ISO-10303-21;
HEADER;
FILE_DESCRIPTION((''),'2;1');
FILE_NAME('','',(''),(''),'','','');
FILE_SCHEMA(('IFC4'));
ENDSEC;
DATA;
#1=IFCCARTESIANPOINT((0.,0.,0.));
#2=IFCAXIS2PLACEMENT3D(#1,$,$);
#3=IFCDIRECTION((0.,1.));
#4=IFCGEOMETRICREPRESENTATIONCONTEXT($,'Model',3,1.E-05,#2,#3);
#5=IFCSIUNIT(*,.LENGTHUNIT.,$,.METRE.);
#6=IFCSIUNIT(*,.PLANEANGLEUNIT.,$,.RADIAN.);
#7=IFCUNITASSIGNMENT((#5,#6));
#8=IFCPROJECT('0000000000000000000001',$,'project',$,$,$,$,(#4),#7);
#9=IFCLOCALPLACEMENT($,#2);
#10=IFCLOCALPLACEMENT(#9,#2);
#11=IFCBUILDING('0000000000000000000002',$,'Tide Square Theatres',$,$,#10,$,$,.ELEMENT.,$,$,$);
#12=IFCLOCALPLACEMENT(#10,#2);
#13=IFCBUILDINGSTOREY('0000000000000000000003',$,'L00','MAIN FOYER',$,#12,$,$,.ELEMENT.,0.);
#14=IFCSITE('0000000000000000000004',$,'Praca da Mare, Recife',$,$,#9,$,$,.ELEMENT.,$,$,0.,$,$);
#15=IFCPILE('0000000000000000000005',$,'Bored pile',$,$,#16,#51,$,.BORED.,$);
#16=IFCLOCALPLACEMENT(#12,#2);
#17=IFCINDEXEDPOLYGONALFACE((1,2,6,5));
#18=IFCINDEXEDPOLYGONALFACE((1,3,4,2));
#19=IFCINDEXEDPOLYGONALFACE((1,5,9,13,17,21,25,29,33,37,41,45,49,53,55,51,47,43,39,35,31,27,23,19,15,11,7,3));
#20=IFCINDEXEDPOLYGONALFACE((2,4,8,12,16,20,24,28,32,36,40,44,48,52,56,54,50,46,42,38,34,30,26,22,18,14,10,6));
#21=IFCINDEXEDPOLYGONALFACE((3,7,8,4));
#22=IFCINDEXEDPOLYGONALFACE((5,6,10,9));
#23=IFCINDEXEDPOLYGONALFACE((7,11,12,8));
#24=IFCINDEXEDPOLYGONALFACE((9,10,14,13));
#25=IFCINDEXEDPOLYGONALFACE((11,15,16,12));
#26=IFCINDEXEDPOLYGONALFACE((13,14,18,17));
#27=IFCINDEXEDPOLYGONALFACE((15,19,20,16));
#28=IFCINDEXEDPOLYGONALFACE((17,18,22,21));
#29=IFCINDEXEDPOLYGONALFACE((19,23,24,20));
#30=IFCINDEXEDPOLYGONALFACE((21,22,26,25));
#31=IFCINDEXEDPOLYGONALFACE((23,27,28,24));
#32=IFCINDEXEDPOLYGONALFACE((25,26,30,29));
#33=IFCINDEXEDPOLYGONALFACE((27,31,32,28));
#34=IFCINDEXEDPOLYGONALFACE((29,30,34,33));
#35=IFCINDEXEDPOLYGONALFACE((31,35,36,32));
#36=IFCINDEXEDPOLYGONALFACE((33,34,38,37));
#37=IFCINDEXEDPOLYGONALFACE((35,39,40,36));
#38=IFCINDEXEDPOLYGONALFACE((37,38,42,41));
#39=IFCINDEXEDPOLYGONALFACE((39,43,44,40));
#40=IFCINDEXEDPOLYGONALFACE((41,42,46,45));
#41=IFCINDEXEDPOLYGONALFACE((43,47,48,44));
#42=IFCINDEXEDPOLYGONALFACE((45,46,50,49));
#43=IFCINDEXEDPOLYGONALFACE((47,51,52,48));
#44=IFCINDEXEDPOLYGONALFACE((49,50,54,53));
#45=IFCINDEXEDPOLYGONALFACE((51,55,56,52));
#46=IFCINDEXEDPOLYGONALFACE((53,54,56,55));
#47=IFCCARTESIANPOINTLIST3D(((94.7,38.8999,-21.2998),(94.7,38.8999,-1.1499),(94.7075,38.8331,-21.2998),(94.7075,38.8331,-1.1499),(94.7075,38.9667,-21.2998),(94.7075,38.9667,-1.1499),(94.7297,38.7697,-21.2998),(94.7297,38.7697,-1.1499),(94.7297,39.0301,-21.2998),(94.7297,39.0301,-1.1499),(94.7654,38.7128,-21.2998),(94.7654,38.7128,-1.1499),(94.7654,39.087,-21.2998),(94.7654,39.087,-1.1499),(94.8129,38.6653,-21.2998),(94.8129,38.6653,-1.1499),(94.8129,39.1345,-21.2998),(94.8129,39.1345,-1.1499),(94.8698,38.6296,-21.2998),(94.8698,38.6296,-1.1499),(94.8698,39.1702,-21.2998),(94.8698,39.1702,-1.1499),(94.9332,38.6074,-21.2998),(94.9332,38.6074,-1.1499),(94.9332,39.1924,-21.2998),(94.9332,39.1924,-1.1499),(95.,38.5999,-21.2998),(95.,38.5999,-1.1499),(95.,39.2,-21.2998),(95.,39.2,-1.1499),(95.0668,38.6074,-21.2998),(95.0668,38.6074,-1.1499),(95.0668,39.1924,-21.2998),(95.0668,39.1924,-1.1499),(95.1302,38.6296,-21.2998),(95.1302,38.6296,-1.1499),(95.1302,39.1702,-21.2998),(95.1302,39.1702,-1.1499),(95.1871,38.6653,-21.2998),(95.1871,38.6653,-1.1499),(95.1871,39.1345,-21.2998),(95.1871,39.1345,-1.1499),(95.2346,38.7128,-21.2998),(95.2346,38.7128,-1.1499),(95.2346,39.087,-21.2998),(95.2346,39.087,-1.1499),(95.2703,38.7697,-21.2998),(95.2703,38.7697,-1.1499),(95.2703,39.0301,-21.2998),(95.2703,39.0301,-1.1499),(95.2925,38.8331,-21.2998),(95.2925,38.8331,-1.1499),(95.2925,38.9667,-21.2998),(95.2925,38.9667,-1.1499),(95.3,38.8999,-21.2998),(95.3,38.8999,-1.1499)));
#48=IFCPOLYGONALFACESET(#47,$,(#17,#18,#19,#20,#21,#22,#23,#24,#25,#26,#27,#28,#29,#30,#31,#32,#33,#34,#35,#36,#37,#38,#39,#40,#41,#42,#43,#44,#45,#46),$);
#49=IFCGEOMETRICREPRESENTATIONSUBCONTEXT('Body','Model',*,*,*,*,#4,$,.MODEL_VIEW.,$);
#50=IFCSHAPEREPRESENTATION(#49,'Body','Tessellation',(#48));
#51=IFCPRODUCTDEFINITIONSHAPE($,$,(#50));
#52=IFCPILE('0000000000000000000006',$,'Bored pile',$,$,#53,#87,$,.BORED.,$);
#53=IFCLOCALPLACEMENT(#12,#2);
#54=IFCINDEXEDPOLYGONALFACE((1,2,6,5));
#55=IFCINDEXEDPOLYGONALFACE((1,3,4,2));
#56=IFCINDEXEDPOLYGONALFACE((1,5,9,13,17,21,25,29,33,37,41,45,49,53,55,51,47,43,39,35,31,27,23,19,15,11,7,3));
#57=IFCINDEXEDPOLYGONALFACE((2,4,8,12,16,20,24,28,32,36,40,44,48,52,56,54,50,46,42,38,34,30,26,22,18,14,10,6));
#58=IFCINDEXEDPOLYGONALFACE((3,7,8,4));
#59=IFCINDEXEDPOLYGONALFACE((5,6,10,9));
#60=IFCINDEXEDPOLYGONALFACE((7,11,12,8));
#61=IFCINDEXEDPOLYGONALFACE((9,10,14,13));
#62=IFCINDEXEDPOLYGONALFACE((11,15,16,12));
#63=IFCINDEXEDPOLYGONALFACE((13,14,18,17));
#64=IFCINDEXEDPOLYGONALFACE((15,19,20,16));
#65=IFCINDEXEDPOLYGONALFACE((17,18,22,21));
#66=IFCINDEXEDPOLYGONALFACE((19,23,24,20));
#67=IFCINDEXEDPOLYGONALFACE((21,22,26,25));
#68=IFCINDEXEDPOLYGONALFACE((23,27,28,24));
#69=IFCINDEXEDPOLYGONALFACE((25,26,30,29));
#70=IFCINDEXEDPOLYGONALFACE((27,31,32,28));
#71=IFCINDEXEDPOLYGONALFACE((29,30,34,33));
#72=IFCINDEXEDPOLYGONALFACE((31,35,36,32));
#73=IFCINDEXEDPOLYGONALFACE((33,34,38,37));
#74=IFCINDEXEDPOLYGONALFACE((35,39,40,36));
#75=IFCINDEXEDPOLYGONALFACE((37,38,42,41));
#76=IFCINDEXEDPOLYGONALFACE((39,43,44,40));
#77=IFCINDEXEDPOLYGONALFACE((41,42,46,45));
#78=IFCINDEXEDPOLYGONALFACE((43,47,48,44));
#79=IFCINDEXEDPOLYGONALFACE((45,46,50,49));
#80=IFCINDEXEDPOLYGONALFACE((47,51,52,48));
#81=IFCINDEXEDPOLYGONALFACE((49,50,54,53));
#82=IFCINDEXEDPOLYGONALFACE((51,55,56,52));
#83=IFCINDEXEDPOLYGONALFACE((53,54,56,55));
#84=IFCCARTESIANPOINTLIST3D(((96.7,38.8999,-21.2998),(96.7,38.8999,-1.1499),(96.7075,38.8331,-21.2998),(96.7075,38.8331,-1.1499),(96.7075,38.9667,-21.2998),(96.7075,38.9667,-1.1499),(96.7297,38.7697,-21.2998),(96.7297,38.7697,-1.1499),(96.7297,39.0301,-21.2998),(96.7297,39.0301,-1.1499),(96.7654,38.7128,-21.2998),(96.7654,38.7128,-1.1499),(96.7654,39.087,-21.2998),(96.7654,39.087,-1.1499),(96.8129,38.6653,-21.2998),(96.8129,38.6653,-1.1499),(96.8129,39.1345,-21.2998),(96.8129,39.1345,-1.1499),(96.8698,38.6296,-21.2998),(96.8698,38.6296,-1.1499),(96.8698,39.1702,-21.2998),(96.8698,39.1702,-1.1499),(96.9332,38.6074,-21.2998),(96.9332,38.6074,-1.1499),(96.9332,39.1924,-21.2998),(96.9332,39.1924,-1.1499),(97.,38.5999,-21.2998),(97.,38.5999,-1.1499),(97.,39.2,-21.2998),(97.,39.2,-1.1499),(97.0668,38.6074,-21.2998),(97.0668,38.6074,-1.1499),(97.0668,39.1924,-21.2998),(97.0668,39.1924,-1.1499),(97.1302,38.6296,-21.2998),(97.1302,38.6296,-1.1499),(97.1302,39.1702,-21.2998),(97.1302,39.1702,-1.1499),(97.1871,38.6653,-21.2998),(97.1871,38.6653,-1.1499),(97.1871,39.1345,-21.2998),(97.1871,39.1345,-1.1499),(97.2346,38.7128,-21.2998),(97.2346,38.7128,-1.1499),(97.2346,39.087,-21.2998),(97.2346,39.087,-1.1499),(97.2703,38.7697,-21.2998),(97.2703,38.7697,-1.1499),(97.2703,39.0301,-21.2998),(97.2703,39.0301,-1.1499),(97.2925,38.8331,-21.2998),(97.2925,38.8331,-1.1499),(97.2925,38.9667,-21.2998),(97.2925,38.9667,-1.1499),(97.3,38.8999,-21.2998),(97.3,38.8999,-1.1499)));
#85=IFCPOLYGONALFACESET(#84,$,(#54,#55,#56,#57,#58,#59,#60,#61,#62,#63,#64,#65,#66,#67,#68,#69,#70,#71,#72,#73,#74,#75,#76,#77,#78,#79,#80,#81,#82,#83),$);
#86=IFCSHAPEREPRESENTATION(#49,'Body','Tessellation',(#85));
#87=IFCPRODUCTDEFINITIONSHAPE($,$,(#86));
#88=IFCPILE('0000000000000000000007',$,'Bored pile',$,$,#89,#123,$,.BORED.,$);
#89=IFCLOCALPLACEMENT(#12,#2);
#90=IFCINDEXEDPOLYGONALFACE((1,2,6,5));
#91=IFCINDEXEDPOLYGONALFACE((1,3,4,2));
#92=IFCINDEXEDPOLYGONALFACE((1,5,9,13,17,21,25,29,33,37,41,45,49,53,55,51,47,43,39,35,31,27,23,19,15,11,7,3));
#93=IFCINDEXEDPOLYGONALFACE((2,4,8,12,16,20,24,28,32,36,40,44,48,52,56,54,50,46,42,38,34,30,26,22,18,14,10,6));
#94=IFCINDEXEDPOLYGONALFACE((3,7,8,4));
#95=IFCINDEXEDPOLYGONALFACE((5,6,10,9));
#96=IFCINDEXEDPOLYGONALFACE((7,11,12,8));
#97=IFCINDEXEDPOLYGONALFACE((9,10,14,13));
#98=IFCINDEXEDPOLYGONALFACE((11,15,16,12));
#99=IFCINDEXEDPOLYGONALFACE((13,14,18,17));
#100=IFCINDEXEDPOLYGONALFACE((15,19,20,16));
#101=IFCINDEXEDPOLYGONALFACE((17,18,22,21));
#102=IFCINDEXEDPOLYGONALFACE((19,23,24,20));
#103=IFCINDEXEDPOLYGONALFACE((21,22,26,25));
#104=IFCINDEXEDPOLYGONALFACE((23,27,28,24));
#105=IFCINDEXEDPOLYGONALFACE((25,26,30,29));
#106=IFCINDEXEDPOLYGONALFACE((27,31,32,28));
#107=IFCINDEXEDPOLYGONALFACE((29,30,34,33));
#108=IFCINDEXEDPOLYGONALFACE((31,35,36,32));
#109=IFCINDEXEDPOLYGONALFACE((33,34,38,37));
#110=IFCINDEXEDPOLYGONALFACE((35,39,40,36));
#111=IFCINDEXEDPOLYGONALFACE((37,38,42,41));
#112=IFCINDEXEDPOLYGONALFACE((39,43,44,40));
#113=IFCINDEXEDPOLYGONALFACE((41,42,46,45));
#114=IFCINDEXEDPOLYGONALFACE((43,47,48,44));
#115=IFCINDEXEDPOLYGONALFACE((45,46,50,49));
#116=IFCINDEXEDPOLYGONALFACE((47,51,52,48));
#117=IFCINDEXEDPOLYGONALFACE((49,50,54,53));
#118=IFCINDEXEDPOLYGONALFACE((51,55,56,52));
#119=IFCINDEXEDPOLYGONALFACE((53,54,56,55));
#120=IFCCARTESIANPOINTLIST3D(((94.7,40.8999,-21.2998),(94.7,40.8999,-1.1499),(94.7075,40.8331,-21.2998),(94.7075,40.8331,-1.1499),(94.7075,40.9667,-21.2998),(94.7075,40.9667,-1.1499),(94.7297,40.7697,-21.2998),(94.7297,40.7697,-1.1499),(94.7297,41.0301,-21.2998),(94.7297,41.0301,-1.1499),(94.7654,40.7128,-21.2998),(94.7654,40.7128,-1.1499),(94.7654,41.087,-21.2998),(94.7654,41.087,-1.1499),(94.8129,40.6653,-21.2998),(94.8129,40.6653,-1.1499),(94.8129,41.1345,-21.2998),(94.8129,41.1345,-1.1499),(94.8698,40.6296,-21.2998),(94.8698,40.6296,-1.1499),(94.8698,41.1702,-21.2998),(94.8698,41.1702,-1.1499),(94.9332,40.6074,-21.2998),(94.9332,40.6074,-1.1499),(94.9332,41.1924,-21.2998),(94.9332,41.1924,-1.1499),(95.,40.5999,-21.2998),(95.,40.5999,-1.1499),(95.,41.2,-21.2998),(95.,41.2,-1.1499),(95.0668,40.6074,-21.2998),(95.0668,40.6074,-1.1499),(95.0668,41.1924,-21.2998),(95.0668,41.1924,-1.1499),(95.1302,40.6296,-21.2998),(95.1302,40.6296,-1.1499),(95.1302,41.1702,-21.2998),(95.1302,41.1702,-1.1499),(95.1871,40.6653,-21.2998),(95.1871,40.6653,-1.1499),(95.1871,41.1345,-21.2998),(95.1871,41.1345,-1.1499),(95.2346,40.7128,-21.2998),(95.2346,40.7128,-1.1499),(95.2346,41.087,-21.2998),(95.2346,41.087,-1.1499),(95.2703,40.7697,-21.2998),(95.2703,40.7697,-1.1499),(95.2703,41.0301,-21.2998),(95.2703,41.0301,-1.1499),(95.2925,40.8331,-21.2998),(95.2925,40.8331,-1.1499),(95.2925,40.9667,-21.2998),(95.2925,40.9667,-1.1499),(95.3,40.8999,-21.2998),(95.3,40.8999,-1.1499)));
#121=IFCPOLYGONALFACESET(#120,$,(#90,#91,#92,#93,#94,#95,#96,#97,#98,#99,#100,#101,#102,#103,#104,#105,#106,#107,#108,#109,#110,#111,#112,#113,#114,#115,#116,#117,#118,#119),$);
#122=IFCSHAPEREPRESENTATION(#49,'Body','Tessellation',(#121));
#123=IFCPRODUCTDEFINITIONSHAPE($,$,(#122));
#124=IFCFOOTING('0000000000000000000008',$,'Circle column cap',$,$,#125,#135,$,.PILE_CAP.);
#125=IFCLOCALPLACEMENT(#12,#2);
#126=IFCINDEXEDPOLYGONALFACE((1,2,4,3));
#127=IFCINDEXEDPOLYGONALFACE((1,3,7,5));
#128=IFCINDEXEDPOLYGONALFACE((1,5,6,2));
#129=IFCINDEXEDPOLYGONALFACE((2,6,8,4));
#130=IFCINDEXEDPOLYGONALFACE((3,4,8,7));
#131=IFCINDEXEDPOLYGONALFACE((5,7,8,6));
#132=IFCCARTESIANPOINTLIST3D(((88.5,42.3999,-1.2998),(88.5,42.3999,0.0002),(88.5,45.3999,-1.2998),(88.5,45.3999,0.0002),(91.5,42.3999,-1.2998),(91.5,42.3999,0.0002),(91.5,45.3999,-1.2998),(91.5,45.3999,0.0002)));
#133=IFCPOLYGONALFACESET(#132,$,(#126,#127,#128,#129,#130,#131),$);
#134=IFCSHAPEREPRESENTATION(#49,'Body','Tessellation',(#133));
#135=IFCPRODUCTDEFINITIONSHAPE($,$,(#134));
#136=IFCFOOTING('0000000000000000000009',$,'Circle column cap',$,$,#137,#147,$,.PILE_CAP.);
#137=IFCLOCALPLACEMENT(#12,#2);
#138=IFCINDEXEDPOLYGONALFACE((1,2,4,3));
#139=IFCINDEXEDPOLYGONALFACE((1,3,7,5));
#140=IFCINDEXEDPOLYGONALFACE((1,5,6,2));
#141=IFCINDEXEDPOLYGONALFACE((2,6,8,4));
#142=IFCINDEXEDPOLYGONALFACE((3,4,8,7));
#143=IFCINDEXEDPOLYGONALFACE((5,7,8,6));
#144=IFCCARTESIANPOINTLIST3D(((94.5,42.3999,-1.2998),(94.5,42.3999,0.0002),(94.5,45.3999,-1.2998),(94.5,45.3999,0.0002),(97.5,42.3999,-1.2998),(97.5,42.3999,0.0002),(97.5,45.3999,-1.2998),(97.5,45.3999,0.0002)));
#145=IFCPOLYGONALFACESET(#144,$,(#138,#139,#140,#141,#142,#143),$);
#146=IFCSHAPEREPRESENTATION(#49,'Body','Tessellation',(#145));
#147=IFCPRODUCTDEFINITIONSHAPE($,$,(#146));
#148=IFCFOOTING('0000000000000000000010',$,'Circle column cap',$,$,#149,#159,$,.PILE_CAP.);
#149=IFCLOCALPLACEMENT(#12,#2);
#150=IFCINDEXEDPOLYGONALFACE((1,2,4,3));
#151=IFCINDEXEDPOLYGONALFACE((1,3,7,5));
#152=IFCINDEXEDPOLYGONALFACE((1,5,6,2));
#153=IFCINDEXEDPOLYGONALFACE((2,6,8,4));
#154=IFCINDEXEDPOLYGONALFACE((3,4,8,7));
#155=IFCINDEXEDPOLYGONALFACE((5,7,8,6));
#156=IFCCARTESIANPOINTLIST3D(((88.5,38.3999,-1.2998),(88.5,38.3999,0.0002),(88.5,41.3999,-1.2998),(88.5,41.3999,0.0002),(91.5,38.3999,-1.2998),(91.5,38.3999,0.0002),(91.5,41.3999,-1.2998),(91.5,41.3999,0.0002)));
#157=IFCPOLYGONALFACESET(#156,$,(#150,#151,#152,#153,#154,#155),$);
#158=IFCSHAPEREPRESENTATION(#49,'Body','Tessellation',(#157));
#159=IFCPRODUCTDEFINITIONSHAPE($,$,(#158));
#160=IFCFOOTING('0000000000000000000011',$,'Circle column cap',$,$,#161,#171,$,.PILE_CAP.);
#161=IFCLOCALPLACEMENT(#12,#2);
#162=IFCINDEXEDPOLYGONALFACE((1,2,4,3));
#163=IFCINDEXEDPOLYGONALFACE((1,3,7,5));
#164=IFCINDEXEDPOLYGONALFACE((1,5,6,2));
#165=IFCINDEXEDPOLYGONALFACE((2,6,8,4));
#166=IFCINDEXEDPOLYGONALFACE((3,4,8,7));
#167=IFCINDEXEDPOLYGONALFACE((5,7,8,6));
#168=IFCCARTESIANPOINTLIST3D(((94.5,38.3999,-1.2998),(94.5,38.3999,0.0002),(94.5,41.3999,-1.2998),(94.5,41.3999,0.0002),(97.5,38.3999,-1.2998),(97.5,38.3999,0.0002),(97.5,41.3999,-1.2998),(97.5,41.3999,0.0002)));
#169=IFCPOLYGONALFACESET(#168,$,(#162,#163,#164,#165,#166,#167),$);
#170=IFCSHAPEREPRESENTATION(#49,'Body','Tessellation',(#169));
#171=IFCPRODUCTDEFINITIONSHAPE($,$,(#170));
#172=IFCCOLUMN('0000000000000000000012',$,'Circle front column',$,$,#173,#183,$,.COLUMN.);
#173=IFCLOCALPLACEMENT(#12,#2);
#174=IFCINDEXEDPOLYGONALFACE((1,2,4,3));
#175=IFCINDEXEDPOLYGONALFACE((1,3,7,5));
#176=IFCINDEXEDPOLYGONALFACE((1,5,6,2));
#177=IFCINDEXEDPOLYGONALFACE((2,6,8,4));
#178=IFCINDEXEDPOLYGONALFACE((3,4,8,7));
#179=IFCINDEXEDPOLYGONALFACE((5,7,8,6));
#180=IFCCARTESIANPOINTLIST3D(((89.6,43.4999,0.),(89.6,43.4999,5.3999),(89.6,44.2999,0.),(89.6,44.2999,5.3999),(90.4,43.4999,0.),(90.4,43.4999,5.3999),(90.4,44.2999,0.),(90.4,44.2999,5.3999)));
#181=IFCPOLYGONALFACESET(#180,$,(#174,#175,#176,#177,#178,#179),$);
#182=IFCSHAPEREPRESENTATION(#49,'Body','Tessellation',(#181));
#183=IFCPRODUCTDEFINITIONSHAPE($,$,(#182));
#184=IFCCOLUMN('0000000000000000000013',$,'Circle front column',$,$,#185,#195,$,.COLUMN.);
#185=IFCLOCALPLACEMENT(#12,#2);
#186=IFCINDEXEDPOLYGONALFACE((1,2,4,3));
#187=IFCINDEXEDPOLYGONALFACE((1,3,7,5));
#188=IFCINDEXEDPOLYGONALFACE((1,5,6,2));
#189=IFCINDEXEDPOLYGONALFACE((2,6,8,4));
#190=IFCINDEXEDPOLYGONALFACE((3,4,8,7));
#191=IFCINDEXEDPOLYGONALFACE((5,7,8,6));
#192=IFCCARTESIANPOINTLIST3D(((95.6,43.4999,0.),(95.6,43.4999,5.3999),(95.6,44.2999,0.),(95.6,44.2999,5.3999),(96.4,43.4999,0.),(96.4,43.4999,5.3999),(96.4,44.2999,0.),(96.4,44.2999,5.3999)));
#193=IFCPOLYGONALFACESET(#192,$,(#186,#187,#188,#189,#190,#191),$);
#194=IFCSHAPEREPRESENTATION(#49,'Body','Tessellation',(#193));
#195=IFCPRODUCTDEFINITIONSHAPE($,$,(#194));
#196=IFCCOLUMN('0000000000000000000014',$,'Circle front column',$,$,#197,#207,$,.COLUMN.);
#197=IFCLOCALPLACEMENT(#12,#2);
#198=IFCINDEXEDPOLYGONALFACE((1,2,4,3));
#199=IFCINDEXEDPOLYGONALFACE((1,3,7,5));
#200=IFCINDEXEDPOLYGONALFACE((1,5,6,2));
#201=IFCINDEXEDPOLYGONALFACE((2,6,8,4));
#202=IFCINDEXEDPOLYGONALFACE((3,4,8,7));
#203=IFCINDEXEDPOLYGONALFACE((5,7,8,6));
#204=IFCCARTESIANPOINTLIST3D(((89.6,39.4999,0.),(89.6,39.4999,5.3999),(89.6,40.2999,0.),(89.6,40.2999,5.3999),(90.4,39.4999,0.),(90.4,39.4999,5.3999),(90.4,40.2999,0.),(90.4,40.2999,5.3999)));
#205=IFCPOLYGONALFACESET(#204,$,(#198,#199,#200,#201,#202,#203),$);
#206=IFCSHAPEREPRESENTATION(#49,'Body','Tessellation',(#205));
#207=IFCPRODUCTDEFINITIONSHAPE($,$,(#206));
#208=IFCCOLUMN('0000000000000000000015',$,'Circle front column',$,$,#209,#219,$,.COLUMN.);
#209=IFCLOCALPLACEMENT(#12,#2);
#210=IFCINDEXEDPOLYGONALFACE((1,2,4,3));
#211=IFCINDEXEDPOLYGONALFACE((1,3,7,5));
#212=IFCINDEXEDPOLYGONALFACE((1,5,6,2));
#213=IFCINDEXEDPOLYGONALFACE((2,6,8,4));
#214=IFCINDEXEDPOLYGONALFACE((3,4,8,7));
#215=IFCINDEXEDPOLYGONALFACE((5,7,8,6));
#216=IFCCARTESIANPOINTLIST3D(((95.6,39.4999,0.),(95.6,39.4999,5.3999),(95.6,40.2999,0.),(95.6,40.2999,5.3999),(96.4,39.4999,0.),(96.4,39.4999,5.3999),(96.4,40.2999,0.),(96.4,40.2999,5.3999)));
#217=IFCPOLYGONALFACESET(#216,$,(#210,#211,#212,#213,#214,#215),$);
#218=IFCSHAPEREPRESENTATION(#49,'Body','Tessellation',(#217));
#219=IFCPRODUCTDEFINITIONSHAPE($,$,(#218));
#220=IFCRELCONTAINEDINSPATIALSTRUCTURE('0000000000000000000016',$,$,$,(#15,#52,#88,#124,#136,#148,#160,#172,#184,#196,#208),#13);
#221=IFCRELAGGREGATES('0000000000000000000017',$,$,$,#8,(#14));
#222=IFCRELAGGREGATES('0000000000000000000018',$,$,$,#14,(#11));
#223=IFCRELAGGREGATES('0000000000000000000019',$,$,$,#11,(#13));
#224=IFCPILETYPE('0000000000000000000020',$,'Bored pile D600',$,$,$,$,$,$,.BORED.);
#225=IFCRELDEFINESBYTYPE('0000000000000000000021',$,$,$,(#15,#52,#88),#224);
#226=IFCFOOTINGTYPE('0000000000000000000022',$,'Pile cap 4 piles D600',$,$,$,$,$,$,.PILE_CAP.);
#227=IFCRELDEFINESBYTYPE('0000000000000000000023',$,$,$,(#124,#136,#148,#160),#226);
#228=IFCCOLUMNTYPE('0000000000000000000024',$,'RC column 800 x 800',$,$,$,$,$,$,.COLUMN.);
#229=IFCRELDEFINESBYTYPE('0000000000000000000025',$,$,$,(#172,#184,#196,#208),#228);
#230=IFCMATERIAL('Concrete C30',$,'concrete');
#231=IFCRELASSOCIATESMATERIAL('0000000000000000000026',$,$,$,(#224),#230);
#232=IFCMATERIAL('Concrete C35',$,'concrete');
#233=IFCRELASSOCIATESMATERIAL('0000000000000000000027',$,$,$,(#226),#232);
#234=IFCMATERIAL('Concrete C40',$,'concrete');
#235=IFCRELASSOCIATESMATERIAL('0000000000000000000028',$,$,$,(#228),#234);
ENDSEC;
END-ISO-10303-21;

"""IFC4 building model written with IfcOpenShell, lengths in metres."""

from ifc_helpers import new_model, si_unit, direction, frame, origin, origin_2d, place, context, subcontext, project, spatial, rectangle, circle, extrude, material, material_profile, profile_set, type_object, element, save


model = new_model("IFC4")

# Units and contexts
model_context = context("Model", 3, precision=1e-05, world=origin(), true_north=direction((0.0, 1.0)))
body_context = subcontext(model_context, "Body", "Model", "MODEL_VIEW")
ifc_project = project(units=[si_unit("LENGTHUNIT", "METRE"), si_unit("PLANEANGLEUNIT", "RADIAN")], contexts=[model_context])

# Site, building, storey
site_placement = place(None, origin())
site = spatial("IfcSite", under=ifc_project, at=site_placement, Name="Praca da Mare, Recife", CompositionType="ELEMENT", RefElevation=0.0)
building_placement = place(site_placement, origin())
building = spatial("IfcBuilding", under=site, at=building_placement, Name="Tide Square Theatres", CompositionType="ELEMENT")
storey_placement = place(building_placement, origin())
storey = spatial("IfcBuildingStorey", under=building, at=storey_placement, Name="L00", Description="MAIN FOYER", CompositionType="ELEMENT", Elevation=0.0)

# Piles
ifc_material_1 = material(Name="Concrete C30", Category="concrete")
ifc_material_profile_1 = material_profile(ifc_material_1, circle(Radius=0.3, at=origin_2d()))
ifc_profile_set_1 = profile_set([ifc_material_profile_1], Name="Concrete C30")
pile_type = type_object("IfcPileType", Name="Bored pile D600", PredefinedType="BORED", material=ifc_profile_set_1)
for number, where, z_axis, x_axis, name in (
    (1, (95.0, 38.8999, -1.1499), (0.0, 0.0, -1.0), (1.0, 0.0, 0.0), "Bored pile"),
    (2, (97.0, 38.8999, -1.1499), (0.0, 0.0, -1.0), (1.0, 0.0, 0.0), "Bored pile"),
    (3, (95.0, 40.8999, -1.1499), (0.0, 0.0, -1.0), (1.0, 0.0, 0.0), "Bored pile"),
):
    element("IfcPile", number, at=place(storey_placement, frame(where, z_axis=z_axis, x_axis=x_axis)), inside=storey, type_object=pile_type, Name=name, PredefinedType="BORED", context=body_context, shape_type="SweptSolid", body=[
        extrude(circle(Radius=0.3, at=origin_2d()), origin(), (0.0, 0.0, 1.0), 20.1499),
    ])

# Footings
ifc_material_2 = material(Name="Concrete C35", Category="concrete")
footing_type = type_object("IfcFootingType", Name="Pile cap 4 piles D600", PredefinedType="PILE_CAP", material=ifc_material_2)
for number, where, z_axis, x_axis, name in (
    (4, (90.0, 43.8999, -1.2998), (0.0, 0.0, 1.0), (1.0, 0.0, 0.0), "Circle column cap"),
    (5, (96.0, 43.8999, -1.2998), (0.0, 0.0, 1.0), (1.0, 0.0, 0.0), "Circle column cap"),
    (6, (90.0, 39.8999, -1.2998), (0.0, 0.0, 1.0), (1.0, 0.0, 0.0), "Circle column cap"),
    (7, (96.0, 39.8999, -1.2998), (0.0, 0.0, 1.0), (1.0, 0.0, 0.0), "Circle column cap"),
):
    element("IfcFooting", number, at=place(storey_placement, frame(where, z_axis=z_axis, x_axis=x_axis)), inside=storey, type_object=footing_type, Name=name, PredefinedType="PILE_CAP", context=body_context, shape_type="SweptSolid", body=[
        extrude(rectangle(XDim=3.0, YDim=3.0, at=origin_2d()), origin(), (0.0, 0.0, 1.0), 1.3),
    ])

# Columns
ifc_material_3 = material(Name="Concrete C40", Category="concrete")
ifc_material_profile_2 = material_profile(ifc_material_3, rectangle(XDim=0.8, YDim=0.8, at=origin_2d()))
ifc_profile_set_2 = profile_set([ifc_material_profile_2], Name="Concrete C40")
column_type = type_object("IfcColumnType", Name="RC column 800 x 800", PredefinedType="COLUMN", material=ifc_profile_set_2)
for number, where, z_axis, x_axis, name in (
    (8, (90.0, 43.8999, 0.0), (0.0, 0.0, 1.0), (1.0, 0.0, 0.0), "Circle front column"),
    (9, (96.0, 43.8999, 0.0), (0.0, 0.0, 1.0), (1.0, 0.0, 0.0), "Circle front column"),
    (10, (90.0, 39.8999, 0.0), (0.0, 0.0, 1.0), (1.0, 0.0, 0.0), "Circle front column"),
    (11, (96.0, 39.8999, 0.0), (0.0, 0.0, 1.0), (1.0, 0.0, 0.0), "Circle front column"),
):
    element("IfcColumn", number, at=place(storey_placement, frame(where, z_axis=z_axis, x_axis=x_axis)), inside=storey, type_object=column_type, Name=name, PredefinedType="COLUMN", context=body_context, shape_type="SweptSolid", body=[
        extrude(rectangle(XDim=0.8, YDim=0.8, at=origin_2d()), origin(), (0.0, 0.0, 1.0), 5.3999),
    ])

save(model, "model.ifc")
